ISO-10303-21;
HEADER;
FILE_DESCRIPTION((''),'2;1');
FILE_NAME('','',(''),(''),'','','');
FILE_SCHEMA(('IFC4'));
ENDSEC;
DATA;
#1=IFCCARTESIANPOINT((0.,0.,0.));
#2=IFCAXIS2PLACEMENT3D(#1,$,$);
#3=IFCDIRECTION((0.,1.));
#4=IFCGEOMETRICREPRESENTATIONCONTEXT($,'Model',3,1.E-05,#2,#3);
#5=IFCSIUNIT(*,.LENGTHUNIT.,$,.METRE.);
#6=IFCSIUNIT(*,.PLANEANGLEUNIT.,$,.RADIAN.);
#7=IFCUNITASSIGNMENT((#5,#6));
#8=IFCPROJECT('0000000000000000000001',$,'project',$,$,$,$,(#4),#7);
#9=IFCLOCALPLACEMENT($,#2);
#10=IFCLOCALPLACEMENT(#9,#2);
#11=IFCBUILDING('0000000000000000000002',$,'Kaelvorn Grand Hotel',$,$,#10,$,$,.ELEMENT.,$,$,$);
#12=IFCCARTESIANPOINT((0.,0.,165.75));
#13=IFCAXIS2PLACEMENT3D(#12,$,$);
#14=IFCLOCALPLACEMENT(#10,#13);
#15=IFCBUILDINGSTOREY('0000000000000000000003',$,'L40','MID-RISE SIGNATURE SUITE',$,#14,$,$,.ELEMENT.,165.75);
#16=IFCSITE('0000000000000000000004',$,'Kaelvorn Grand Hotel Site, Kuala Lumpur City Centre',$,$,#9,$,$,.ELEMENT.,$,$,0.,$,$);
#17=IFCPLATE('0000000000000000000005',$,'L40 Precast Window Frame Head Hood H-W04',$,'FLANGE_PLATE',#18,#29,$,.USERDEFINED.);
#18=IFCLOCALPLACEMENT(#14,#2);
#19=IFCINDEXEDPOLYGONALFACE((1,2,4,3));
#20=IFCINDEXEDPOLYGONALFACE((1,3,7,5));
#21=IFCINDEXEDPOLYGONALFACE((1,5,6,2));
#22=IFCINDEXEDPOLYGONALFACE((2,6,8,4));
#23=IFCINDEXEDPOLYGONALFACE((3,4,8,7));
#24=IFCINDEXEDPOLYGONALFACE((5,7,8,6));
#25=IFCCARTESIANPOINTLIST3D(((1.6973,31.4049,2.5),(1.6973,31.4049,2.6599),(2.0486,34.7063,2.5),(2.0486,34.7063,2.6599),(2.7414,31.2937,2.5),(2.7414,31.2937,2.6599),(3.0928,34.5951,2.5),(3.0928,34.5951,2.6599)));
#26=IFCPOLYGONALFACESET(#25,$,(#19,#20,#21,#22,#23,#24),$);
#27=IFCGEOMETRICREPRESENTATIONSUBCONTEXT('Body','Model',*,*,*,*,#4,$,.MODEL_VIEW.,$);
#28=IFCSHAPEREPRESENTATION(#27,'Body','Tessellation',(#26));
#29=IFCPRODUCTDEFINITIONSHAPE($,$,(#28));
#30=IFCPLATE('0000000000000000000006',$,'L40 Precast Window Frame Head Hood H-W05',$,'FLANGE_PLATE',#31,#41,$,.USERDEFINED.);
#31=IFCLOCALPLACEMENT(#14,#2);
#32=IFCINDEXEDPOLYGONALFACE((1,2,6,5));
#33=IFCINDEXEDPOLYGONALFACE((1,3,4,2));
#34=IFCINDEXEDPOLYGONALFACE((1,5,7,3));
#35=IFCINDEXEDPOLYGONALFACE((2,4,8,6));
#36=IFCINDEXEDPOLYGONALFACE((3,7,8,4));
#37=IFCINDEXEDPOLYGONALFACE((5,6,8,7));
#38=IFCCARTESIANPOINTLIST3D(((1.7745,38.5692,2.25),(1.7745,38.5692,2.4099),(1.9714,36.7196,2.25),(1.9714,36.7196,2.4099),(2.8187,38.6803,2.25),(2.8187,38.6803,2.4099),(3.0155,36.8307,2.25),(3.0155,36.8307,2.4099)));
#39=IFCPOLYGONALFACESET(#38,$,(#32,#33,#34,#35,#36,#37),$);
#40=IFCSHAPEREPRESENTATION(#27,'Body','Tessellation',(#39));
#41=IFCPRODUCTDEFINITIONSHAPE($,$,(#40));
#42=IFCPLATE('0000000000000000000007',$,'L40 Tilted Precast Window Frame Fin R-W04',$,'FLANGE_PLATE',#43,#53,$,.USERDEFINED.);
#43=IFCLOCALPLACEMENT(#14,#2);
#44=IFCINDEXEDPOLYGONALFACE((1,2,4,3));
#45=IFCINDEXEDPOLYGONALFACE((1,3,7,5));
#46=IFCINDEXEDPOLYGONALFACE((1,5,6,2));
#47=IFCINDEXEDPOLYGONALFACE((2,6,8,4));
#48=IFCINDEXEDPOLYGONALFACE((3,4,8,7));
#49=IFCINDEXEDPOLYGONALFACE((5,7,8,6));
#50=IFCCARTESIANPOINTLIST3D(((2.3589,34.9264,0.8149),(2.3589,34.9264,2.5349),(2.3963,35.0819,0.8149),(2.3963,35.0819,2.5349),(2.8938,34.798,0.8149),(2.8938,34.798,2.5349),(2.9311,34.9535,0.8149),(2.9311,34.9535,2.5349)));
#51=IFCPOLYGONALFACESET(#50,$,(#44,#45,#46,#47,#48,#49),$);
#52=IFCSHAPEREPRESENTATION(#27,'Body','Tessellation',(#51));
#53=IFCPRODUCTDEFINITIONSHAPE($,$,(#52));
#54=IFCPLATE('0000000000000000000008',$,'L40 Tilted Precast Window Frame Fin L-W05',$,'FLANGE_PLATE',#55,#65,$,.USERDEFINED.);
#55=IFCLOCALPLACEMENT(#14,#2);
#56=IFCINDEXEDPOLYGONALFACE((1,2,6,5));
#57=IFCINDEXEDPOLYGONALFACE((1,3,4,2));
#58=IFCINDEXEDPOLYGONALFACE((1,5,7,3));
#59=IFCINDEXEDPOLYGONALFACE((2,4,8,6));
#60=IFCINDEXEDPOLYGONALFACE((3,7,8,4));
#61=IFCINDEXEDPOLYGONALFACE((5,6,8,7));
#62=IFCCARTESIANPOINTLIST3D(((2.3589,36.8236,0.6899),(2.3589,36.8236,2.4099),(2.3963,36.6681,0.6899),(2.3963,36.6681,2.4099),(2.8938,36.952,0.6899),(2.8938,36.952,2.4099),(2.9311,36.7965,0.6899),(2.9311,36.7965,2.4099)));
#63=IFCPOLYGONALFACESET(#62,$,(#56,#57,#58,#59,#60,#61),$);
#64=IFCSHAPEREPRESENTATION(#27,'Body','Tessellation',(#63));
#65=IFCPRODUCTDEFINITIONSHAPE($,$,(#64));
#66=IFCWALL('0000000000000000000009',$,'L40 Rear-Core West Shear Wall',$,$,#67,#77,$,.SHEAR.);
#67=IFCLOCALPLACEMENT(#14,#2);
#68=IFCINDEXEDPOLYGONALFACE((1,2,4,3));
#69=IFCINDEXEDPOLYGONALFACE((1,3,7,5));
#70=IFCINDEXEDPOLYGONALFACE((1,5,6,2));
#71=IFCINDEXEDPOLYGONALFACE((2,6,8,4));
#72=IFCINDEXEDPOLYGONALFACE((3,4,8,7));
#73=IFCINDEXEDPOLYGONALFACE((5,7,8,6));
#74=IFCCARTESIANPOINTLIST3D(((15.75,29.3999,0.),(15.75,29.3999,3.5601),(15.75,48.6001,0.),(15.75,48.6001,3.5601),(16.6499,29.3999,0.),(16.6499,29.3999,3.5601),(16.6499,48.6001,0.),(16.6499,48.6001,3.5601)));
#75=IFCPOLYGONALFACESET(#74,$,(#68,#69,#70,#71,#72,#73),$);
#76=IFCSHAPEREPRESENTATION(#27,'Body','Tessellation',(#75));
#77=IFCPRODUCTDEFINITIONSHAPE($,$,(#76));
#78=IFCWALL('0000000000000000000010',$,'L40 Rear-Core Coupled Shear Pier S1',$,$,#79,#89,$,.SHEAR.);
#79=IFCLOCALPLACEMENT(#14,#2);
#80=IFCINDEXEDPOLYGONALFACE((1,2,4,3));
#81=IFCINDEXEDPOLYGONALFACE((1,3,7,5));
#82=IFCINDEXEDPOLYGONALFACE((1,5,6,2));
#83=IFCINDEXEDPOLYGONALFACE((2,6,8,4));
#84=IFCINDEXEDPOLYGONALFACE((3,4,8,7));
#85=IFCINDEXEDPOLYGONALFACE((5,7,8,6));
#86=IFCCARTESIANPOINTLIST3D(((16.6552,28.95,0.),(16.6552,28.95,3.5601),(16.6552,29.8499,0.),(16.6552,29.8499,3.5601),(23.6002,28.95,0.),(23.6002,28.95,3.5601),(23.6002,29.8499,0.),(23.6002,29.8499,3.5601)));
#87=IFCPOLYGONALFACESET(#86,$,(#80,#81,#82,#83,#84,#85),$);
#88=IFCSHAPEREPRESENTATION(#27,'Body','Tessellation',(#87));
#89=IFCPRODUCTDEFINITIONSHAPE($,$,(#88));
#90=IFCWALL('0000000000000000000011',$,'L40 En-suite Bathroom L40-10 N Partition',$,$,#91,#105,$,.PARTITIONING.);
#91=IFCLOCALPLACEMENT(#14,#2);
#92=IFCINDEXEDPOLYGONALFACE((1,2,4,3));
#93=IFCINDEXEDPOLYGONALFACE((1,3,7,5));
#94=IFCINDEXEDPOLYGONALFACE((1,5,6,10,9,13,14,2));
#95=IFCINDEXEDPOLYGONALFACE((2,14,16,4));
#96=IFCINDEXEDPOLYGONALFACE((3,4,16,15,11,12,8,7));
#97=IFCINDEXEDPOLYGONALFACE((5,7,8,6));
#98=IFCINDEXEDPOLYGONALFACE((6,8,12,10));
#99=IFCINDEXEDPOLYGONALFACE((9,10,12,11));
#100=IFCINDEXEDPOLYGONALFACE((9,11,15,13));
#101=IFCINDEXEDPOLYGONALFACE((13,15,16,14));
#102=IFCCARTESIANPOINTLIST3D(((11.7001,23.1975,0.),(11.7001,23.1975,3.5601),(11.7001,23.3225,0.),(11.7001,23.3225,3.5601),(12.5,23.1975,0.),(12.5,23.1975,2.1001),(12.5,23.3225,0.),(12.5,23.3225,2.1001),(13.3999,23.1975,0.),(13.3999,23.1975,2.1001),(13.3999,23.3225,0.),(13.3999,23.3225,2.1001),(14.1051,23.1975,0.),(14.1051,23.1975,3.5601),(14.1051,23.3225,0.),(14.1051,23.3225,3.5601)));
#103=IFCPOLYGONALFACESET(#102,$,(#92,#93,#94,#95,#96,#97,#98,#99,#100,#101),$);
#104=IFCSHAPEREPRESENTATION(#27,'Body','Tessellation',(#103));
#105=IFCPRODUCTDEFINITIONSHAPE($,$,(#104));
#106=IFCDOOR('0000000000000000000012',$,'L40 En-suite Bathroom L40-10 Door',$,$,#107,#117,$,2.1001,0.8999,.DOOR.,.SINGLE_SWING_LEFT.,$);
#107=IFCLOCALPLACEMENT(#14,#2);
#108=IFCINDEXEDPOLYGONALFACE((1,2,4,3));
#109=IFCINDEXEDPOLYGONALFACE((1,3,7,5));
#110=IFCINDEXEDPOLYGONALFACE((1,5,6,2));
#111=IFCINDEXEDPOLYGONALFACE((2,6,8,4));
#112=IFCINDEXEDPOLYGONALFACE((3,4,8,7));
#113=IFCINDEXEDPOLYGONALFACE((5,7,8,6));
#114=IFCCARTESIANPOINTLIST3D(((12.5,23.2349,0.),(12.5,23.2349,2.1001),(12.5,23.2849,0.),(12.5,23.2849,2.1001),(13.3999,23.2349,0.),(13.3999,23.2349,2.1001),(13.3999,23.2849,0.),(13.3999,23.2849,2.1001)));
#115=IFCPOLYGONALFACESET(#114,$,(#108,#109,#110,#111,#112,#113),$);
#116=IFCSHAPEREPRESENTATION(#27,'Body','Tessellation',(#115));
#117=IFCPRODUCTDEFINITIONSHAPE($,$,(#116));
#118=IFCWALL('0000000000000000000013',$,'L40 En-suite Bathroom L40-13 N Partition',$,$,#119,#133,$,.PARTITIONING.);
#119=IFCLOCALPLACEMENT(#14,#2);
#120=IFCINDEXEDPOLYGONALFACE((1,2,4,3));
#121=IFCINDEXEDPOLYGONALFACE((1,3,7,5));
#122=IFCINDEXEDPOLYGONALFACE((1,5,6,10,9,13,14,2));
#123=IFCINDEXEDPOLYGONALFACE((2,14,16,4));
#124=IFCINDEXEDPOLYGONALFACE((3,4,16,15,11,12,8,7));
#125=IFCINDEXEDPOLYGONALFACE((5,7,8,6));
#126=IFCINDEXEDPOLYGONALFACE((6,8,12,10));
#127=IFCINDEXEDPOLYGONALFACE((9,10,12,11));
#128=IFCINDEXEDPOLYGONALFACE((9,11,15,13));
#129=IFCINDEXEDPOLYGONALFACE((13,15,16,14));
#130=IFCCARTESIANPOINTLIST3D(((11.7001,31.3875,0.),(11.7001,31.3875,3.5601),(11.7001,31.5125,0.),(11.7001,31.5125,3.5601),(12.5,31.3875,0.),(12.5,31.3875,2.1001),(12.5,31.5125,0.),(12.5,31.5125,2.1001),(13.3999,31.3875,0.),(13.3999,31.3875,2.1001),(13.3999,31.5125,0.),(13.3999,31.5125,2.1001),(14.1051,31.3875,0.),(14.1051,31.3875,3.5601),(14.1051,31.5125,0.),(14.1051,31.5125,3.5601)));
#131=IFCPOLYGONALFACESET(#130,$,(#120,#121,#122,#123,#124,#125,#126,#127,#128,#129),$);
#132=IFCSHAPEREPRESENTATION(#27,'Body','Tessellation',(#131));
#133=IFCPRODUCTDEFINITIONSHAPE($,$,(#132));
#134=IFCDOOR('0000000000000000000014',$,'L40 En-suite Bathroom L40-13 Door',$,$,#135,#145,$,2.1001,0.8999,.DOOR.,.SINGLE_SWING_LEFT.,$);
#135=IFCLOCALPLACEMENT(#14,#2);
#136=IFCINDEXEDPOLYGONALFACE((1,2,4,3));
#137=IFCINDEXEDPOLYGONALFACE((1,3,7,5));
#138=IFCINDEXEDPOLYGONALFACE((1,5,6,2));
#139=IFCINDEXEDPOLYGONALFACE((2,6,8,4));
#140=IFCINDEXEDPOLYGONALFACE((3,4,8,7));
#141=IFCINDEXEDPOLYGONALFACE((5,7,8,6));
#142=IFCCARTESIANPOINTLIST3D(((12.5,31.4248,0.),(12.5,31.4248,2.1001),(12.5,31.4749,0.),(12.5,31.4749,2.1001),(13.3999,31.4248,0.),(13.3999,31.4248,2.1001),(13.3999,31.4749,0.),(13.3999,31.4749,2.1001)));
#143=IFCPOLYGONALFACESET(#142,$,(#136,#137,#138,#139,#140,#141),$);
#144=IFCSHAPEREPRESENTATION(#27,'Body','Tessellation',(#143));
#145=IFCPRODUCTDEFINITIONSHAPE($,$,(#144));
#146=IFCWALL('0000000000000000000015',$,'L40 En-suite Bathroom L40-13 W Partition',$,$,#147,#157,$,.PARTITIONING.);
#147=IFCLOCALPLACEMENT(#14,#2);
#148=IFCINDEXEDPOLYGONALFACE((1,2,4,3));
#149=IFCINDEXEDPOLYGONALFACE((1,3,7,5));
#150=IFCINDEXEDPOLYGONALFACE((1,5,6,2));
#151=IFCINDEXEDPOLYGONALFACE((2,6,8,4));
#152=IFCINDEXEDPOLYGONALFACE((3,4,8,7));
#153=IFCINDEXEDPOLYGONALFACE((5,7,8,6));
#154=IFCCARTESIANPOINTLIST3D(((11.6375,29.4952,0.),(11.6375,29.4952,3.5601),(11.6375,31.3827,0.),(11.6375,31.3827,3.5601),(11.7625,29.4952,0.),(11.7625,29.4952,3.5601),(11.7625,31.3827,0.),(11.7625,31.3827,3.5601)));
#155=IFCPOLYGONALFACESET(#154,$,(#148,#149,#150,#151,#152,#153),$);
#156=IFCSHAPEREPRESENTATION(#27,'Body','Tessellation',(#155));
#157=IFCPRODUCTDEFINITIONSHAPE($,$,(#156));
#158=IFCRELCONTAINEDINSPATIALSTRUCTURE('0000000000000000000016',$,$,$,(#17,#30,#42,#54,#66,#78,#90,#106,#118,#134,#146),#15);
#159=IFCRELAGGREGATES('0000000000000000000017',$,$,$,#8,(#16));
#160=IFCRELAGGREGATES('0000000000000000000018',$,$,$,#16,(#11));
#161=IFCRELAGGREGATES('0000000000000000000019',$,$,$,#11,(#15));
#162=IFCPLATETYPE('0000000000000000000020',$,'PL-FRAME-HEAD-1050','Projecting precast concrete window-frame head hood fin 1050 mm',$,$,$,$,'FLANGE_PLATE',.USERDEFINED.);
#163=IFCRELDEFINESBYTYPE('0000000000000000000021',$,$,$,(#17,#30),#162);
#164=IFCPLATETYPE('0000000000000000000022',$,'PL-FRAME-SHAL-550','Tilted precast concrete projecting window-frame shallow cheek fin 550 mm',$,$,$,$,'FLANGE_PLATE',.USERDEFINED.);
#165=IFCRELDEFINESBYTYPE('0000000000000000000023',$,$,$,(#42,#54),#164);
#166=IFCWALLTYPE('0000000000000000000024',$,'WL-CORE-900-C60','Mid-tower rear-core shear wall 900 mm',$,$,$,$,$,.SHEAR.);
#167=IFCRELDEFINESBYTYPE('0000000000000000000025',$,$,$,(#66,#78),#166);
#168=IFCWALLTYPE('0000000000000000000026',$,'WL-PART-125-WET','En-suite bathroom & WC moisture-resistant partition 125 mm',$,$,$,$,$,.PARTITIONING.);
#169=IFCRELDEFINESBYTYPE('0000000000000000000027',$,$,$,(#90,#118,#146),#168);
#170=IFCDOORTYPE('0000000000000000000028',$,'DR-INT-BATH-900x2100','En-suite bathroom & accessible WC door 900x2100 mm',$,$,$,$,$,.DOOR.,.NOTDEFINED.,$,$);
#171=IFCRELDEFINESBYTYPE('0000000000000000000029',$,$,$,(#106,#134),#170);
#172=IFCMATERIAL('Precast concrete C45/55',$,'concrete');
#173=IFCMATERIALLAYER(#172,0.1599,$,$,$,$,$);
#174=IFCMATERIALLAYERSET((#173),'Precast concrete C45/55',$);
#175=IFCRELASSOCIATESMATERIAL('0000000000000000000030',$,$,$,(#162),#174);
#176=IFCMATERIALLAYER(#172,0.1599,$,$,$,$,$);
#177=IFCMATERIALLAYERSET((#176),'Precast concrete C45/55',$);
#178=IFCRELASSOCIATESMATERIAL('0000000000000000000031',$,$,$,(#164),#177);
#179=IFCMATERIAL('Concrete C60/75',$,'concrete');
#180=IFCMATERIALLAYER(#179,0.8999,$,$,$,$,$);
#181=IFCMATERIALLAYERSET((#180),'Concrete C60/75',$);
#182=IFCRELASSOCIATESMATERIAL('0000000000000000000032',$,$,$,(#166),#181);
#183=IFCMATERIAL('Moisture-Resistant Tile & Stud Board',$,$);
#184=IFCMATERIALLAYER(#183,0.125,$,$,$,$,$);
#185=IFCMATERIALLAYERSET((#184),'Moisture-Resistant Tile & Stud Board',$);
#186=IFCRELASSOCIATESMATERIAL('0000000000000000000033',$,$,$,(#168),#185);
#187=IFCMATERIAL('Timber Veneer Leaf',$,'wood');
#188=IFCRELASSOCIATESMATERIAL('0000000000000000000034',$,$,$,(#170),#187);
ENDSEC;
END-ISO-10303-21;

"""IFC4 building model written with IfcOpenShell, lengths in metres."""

from ifc_helpers import new_model, si_unit, direction, frame, frame_2d, origin, origin_2d, place, context, subcontext, project, spatial, rectangle, extrude, material, layer, layer_set, type_object, element, fill, save


model = new_model("IFC4")

# Units and contexts
model_context = context("Model", 3, precision=1e-05, world=origin(), true_north=direction((0.0, 1.0)))
body_context = subcontext(model_context, "Body", "Model", "MODEL_VIEW")
ifc_project = project(units=[si_unit("LENGTHUNIT", "METRE"), si_unit("PLANEANGLEUNIT", "RADIAN")], contexts=[model_context])

# Site, building, storey
site_placement = place(None, origin())
site = spatial("IfcSite", under=ifc_project, at=site_placement, Name="Kaelvorn Grand Hotel Site, Kuala Lumpur City Centre", CompositionType="ELEMENT", RefElevation=0.0)
building_placement = place(site_placement, origin())
building = spatial("IfcBuilding", under=site, at=building_placement, Name="Kaelvorn Grand Hotel", CompositionType="ELEMENT")
storey_placement = place(building_placement, frame((0.0, 0.0, 165.75)))
storey = spatial("IfcBuildingStorey", under=building, at=storey_placement, Name="L40", Description="MID-RISE SIGNATURE SUITE", CompositionType="ELEMENT", Elevation=165.75)

# Shared definitions
ifc_material_1 = material(Name="Concrete C60/75", Category="concrete")

# Plates
ifc_material_2 = material(Name="Precast concrete C45/55", Category="concrete")
ifc_layer_1 = layer(ifc_material_2, 0.1599)
ifc_layer_set_1 = layer_set([ifc_layer_1], Name="Precast concrete C45/55")
plate_type_1 = type_object("IfcPlateType", Name="PL-FRAME-HEAD-1050", Description="Projecting precast concrete window-frame head hood fin 1050 mm", ElementType="FLANGE_PLATE", PredefinedType="USERDEFINED", material=ifc_layer_set_1)
for number, where, z_axis, x_axis, name in (
    (1, (2.395, 33.0, 2.5), (0.0, 0.0, 1.0), (0.10583, 0.994384, 0.0), "L40 Precast Window Frame Head Hood H-W04"),
):
    element("IfcPlate", number, at=place(storey_placement, frame(where, z_axis=z_axis, x_axis=x_axis)), inside=storey, type_object=plate_type_1, Name=name, ObjectType="FLANGE_PLATE", PredefinedType="USERDEFINED", context=body_context, shape_type="SweptSolid", body=[
        extrude(rectangle(XDim=3.3201, YDim=1.05, at=origin_2d()), origin(), (0.0, 0.0, 1.0), 0.1599),
    ])
plate_placement = place(storey_placement, frame((2.395, 37.7, 2.25), z_axis=(0.0, 0.0, 1.0), x_axis=(-0.10583, 0.994384, 0.0)))
element("IfcPlate", 2, at=plate_placement, inside=storey, type_object=plate_type_1, Name="L40 Precast Window Frame Head Hood H-W05", ObjectType="FLANGE_PLATE", PredefinedType="USERDEFINED", context=body_context, shape_type="SweptSolid", body=[
    extrude(rectangle(XDim=1.8601, YDim=1.05, at=origin_2d()), origin(), (0.0, 0.0, 1.0), 0.1599),
])
ifc_layer_2 = layer(ifc_material_2, 0.1599)
ifc_layer_set_2 = layer_set([ifc_layer_2], Name="Precast concrete C45/55")
plate_type_2 = type_object("IfcPlateType", Name="PL-FRAME-SHAL-550", Description="Tilted precast concrete projecting window-frame shallow cheek fin 550 mm", ElementType="FLANGE_PLATE", PredefinedType="USERDEFINED", material=ifc_layer_set_2)
for number, where, z_axis, x_axis, name in (
    (3, (2.645, 34.9399, 0.8149), (0.0, 0.0, 1.0), (0.233445, 0.97237, 0.0), "L40 Tilted Precast Window Frame Fin R-W04"),
    (4, (2.645, 36.8101, 0.6899), (0.0, 0.0, 1.0), (-0.233445, 0.97237, 0.0), "L40 Tilted Precast Window Frame Fin L-W05"),
):
    element("IfcPlate", number, at=place(storey_placement, frame(where, z_axis=z_axis, x_axis=x_axis)), inside=storey, type_object=plate_type_2, Name=name, ObjectType="FLANGE_PLATE", PredefinedType="USERDEFINED", context=body_context, shape_type="SweptSolid", body=[
        extrude(rectangle(XDim=0.1599, YDim=0.55, at=origin_2d()), origin(), (0.0, 0.0, 1.0), 1.72),
    ])

# Walls
ifc_layer_3 = layer(ifc_material_1, 0.8999)
ifc_layer_set_3 = layer_set([ifc_layer_3], Name="Concrete C60/75")
wall_type_1 = type_object("IfcWallType", Name="WL-CORE-900-C60", Description="Mid-tower rear-core shear wall 900 mm", PredefinedType="SHEAR", material=ifc_layer_set_3)
wall_1_placement = place(storey_placement, frame((16.2, 29.3999, 0.0), z_axis=(0.0, 0.0, 1.0), x_axis=(0.0, 1.0, 0.0)))
element("IfcWall", 5, at=wall_1_placement, inside=storey, type_object=wall_type_1, Name="L40 Rear-Core West Shear Wall", PredefinedType="SHEAR", context=body_context, shape_type="SweptSolid", body=[
    extrude(rectangle(XDim=19.2002, YDim=0.8999, at=frame_2d((9.6001, 0.0))), origin(), (0.0, 0.0, 1.0), 3.5601),
])
wall_2_placement = place(storey_placement, frame((16.655, 29.3999, 0.0), z_axis=(0.0, 0.0, 1.0), x_axis=(1.0, 0.0, 0.0)))
element("IfcWall", 6, at=wall_2_placement, inside=storey, type_object=wall_type_1, Name="L40 Rear-Core Coupled Shear Pier S1", PredefinedType="SHEAR", context=body_context, shape_type="SweptSolid", body=[
    extrude(rectangle(XDim=6.9451, YDim=0.8999, at=frame_2d((3.4727, 0.0))), origin(), (0.0, 0.0, 1.0), 3.5601),
])

# Walls, openings, doors
ifc_material_3 = material(Name="Moisture-Resistant Tile & Stud Board")
ifc_layer_4 = layer(ifc_material_3, 0.125)
ifc_layer_set_4 = layer_set([ifc_layer_4], Name="Moisture-Resistant Tile & Stud Board")
wall_type_2 = type_object("IfcWallType", Name="WL-PART-125-WET", Description="En-suite bathroom & WC moisture-resistant partition 125 mm", PredefinedType="PARTITIONING", material=ifc_layer_set_4)
wall_3_placement = place(storey_placement, frame((11.7, 23.26, 0.0), z_axis=(0.0, 0.0, 1.0), x_axis=(1.0, 0.0, 0.0)))
wall_3 = element("IfcWall", 7, at=wall_3_placement, inside=storey, type_object=wall_type_2, Name="L40 En-suite Bathroom L40-10 N Partition", PredefinedType="PARTITIONING", context=body_context, shape_type="SweptSolid", body=[
    extrude(rectangle(XDim=2.405, YDim=0.125, at=frame_2d((1.2026, 0.0))), origin(), (0.0, 0.0, 1.0), 3.5601),
])
opening_1_placement = place(wall_3_placement, frame((0.8, 0.0, 0.0)))
opening_1 = element("IfcOpeningElement", 8, at=opening_1_placement, cuts=wall_3, PredefinedType="OPENING", context=body_context, shape_type="SweptSolid", body=[
    extrude(rectangle(XDim=0.8999, YDim=2.1001, at=frame_2d((0.45, 1.05))), frame((0.0, 0.0725, 0.0), z_axis=(0.0, -1.0, 0.0), x_axis=(1.0, 0.0, 0.0)), (0.0, 0.0, 1.0), 0.145),
])
ifc_material_4 = material(Name="Timber Veneer Leaf", Category="wood")
door_type_1 = type_object("IfcDoorType", Name="DR-INT-BATH-900x2100", Description="En-suite bathroom & accessible WC door 900x2100 mm", OperationType="NOTDEFINED", PredefinedType="DOOR", material=ifc_material_4)
door_1_placement = place(opening_1_placement, origin())
door_1 = element("IfcDoor", 9, at=door_1_placement, inside=storey, type_object=door_type_1, Name="L40 En-suite Bathroom L40-10 Door", OperationType="SINGLE_SWING_LEFT", OverallHeight=2.1001, OverallWidth=0.8999, PredefinedType="DOOR", context=body_context, shape_type="SweptSolid", body=[
    extrude(rectangle(XDim=0.8999, YDim=2.1001, at=frame_2d((0.45, 1.05))), frame((0.0, 0.0249, 0.0), z_axis=(0.0, -1.0, 0.0), x_axis=(1.0, 0.0, 0.0)), (0.0, 0.0, 1.0), 0.05),
])
fill(opening_1, door_1)
wall_4_placement = place(storey_placement, frame((11.7, 31.45, 0.0), z_axis=(0.0, 0.0, 1.0), x_axis=(1.0, 0.0, 0.0)))
wall_4 = element("IfcWall", 10, at=wall_4_placement, inside=storey, type_object=wall_type_2, Name="L40 En-suite Bathroom L40-13 N Partition", PredefinedType="PARTITIONING", context=body_context, shape_type="SweptSolid", body=[
    extrude(rectangle(XDim=2.405, YDim=0.125, at=frame_2d((1.2026, 0.0))), origin(), (0.0, 0.0, 1.0), 3.5601),
])
opening_2_placement = place(wall_4_placement, frame((0.8, 0.0, 0.0)))
opening_2 = element("IfcOpeningElement", 11, at=opening_2_placement, cuts=wall_4, PredefinedType="OPENING", context=body_context, shape_type="SweptSolid", body=[
    extrude(rectangle(XDim=0.8999, YDim=2.1001, at=frame_2d((0.45, 1.05))), frame((0.0, 0.0725, 0.0), z_axis=(0.0, -1.0, 0.0), x_axis=(1.0, 0.0, 0.0)), (0.0, 0.0, 1.0), 0.145),
])
door_2_placement = place(opening_2_placement, origin())
door_2 = element("IfcDoor", 12, at=door_2_placement, inside=storey, type_object=door_type_1, Name="L40 En-suite Bathroom L40-13 Door", OperationType="SINGLE_SWING_LEFT", OverallHeight=2.1001, OverallWidth=0.8999, PredefinedType="DOOR", context=body_context, shape_type="SweptSolid", body=[
    extrude(rectangle(XDim=0.8999, YDim=2.1001, at=frame_2d((0.45, 1.05))), frame((0.0, 0.0249, 0.0), z_axis=(0.0, -1.0, 0.0), x_axis=(1.0, 0.0, 0.0)), (0.0, 0.0, 1.0), 0.05),
])
fill(opening_2, door_2)

# Wall
wall_5_placement = place(storey_placement, frame((11.7, 29.4951, 0.0), z_axis=(0.0, 0.0, 1.0), x_axis=(0.0, 1.0, 0.0)))
element("IfcWall", 13, at=wall_5_placement, inside=storey, type_object=wall_type_2, Name="L40 En-suite Bathroom L40-13 W Partition", PredefinedType="PARTITIONING", context=body_context, shape_type="SweptSolid", body=[
    extrude(rectangle(XDim=1.8875, YDim=0.125, at=frame_2d((0.9438, 0.0))), origin(), (0.0, 0.0, 1.0), 3.5601),
])

save(model, "model.ifc")
